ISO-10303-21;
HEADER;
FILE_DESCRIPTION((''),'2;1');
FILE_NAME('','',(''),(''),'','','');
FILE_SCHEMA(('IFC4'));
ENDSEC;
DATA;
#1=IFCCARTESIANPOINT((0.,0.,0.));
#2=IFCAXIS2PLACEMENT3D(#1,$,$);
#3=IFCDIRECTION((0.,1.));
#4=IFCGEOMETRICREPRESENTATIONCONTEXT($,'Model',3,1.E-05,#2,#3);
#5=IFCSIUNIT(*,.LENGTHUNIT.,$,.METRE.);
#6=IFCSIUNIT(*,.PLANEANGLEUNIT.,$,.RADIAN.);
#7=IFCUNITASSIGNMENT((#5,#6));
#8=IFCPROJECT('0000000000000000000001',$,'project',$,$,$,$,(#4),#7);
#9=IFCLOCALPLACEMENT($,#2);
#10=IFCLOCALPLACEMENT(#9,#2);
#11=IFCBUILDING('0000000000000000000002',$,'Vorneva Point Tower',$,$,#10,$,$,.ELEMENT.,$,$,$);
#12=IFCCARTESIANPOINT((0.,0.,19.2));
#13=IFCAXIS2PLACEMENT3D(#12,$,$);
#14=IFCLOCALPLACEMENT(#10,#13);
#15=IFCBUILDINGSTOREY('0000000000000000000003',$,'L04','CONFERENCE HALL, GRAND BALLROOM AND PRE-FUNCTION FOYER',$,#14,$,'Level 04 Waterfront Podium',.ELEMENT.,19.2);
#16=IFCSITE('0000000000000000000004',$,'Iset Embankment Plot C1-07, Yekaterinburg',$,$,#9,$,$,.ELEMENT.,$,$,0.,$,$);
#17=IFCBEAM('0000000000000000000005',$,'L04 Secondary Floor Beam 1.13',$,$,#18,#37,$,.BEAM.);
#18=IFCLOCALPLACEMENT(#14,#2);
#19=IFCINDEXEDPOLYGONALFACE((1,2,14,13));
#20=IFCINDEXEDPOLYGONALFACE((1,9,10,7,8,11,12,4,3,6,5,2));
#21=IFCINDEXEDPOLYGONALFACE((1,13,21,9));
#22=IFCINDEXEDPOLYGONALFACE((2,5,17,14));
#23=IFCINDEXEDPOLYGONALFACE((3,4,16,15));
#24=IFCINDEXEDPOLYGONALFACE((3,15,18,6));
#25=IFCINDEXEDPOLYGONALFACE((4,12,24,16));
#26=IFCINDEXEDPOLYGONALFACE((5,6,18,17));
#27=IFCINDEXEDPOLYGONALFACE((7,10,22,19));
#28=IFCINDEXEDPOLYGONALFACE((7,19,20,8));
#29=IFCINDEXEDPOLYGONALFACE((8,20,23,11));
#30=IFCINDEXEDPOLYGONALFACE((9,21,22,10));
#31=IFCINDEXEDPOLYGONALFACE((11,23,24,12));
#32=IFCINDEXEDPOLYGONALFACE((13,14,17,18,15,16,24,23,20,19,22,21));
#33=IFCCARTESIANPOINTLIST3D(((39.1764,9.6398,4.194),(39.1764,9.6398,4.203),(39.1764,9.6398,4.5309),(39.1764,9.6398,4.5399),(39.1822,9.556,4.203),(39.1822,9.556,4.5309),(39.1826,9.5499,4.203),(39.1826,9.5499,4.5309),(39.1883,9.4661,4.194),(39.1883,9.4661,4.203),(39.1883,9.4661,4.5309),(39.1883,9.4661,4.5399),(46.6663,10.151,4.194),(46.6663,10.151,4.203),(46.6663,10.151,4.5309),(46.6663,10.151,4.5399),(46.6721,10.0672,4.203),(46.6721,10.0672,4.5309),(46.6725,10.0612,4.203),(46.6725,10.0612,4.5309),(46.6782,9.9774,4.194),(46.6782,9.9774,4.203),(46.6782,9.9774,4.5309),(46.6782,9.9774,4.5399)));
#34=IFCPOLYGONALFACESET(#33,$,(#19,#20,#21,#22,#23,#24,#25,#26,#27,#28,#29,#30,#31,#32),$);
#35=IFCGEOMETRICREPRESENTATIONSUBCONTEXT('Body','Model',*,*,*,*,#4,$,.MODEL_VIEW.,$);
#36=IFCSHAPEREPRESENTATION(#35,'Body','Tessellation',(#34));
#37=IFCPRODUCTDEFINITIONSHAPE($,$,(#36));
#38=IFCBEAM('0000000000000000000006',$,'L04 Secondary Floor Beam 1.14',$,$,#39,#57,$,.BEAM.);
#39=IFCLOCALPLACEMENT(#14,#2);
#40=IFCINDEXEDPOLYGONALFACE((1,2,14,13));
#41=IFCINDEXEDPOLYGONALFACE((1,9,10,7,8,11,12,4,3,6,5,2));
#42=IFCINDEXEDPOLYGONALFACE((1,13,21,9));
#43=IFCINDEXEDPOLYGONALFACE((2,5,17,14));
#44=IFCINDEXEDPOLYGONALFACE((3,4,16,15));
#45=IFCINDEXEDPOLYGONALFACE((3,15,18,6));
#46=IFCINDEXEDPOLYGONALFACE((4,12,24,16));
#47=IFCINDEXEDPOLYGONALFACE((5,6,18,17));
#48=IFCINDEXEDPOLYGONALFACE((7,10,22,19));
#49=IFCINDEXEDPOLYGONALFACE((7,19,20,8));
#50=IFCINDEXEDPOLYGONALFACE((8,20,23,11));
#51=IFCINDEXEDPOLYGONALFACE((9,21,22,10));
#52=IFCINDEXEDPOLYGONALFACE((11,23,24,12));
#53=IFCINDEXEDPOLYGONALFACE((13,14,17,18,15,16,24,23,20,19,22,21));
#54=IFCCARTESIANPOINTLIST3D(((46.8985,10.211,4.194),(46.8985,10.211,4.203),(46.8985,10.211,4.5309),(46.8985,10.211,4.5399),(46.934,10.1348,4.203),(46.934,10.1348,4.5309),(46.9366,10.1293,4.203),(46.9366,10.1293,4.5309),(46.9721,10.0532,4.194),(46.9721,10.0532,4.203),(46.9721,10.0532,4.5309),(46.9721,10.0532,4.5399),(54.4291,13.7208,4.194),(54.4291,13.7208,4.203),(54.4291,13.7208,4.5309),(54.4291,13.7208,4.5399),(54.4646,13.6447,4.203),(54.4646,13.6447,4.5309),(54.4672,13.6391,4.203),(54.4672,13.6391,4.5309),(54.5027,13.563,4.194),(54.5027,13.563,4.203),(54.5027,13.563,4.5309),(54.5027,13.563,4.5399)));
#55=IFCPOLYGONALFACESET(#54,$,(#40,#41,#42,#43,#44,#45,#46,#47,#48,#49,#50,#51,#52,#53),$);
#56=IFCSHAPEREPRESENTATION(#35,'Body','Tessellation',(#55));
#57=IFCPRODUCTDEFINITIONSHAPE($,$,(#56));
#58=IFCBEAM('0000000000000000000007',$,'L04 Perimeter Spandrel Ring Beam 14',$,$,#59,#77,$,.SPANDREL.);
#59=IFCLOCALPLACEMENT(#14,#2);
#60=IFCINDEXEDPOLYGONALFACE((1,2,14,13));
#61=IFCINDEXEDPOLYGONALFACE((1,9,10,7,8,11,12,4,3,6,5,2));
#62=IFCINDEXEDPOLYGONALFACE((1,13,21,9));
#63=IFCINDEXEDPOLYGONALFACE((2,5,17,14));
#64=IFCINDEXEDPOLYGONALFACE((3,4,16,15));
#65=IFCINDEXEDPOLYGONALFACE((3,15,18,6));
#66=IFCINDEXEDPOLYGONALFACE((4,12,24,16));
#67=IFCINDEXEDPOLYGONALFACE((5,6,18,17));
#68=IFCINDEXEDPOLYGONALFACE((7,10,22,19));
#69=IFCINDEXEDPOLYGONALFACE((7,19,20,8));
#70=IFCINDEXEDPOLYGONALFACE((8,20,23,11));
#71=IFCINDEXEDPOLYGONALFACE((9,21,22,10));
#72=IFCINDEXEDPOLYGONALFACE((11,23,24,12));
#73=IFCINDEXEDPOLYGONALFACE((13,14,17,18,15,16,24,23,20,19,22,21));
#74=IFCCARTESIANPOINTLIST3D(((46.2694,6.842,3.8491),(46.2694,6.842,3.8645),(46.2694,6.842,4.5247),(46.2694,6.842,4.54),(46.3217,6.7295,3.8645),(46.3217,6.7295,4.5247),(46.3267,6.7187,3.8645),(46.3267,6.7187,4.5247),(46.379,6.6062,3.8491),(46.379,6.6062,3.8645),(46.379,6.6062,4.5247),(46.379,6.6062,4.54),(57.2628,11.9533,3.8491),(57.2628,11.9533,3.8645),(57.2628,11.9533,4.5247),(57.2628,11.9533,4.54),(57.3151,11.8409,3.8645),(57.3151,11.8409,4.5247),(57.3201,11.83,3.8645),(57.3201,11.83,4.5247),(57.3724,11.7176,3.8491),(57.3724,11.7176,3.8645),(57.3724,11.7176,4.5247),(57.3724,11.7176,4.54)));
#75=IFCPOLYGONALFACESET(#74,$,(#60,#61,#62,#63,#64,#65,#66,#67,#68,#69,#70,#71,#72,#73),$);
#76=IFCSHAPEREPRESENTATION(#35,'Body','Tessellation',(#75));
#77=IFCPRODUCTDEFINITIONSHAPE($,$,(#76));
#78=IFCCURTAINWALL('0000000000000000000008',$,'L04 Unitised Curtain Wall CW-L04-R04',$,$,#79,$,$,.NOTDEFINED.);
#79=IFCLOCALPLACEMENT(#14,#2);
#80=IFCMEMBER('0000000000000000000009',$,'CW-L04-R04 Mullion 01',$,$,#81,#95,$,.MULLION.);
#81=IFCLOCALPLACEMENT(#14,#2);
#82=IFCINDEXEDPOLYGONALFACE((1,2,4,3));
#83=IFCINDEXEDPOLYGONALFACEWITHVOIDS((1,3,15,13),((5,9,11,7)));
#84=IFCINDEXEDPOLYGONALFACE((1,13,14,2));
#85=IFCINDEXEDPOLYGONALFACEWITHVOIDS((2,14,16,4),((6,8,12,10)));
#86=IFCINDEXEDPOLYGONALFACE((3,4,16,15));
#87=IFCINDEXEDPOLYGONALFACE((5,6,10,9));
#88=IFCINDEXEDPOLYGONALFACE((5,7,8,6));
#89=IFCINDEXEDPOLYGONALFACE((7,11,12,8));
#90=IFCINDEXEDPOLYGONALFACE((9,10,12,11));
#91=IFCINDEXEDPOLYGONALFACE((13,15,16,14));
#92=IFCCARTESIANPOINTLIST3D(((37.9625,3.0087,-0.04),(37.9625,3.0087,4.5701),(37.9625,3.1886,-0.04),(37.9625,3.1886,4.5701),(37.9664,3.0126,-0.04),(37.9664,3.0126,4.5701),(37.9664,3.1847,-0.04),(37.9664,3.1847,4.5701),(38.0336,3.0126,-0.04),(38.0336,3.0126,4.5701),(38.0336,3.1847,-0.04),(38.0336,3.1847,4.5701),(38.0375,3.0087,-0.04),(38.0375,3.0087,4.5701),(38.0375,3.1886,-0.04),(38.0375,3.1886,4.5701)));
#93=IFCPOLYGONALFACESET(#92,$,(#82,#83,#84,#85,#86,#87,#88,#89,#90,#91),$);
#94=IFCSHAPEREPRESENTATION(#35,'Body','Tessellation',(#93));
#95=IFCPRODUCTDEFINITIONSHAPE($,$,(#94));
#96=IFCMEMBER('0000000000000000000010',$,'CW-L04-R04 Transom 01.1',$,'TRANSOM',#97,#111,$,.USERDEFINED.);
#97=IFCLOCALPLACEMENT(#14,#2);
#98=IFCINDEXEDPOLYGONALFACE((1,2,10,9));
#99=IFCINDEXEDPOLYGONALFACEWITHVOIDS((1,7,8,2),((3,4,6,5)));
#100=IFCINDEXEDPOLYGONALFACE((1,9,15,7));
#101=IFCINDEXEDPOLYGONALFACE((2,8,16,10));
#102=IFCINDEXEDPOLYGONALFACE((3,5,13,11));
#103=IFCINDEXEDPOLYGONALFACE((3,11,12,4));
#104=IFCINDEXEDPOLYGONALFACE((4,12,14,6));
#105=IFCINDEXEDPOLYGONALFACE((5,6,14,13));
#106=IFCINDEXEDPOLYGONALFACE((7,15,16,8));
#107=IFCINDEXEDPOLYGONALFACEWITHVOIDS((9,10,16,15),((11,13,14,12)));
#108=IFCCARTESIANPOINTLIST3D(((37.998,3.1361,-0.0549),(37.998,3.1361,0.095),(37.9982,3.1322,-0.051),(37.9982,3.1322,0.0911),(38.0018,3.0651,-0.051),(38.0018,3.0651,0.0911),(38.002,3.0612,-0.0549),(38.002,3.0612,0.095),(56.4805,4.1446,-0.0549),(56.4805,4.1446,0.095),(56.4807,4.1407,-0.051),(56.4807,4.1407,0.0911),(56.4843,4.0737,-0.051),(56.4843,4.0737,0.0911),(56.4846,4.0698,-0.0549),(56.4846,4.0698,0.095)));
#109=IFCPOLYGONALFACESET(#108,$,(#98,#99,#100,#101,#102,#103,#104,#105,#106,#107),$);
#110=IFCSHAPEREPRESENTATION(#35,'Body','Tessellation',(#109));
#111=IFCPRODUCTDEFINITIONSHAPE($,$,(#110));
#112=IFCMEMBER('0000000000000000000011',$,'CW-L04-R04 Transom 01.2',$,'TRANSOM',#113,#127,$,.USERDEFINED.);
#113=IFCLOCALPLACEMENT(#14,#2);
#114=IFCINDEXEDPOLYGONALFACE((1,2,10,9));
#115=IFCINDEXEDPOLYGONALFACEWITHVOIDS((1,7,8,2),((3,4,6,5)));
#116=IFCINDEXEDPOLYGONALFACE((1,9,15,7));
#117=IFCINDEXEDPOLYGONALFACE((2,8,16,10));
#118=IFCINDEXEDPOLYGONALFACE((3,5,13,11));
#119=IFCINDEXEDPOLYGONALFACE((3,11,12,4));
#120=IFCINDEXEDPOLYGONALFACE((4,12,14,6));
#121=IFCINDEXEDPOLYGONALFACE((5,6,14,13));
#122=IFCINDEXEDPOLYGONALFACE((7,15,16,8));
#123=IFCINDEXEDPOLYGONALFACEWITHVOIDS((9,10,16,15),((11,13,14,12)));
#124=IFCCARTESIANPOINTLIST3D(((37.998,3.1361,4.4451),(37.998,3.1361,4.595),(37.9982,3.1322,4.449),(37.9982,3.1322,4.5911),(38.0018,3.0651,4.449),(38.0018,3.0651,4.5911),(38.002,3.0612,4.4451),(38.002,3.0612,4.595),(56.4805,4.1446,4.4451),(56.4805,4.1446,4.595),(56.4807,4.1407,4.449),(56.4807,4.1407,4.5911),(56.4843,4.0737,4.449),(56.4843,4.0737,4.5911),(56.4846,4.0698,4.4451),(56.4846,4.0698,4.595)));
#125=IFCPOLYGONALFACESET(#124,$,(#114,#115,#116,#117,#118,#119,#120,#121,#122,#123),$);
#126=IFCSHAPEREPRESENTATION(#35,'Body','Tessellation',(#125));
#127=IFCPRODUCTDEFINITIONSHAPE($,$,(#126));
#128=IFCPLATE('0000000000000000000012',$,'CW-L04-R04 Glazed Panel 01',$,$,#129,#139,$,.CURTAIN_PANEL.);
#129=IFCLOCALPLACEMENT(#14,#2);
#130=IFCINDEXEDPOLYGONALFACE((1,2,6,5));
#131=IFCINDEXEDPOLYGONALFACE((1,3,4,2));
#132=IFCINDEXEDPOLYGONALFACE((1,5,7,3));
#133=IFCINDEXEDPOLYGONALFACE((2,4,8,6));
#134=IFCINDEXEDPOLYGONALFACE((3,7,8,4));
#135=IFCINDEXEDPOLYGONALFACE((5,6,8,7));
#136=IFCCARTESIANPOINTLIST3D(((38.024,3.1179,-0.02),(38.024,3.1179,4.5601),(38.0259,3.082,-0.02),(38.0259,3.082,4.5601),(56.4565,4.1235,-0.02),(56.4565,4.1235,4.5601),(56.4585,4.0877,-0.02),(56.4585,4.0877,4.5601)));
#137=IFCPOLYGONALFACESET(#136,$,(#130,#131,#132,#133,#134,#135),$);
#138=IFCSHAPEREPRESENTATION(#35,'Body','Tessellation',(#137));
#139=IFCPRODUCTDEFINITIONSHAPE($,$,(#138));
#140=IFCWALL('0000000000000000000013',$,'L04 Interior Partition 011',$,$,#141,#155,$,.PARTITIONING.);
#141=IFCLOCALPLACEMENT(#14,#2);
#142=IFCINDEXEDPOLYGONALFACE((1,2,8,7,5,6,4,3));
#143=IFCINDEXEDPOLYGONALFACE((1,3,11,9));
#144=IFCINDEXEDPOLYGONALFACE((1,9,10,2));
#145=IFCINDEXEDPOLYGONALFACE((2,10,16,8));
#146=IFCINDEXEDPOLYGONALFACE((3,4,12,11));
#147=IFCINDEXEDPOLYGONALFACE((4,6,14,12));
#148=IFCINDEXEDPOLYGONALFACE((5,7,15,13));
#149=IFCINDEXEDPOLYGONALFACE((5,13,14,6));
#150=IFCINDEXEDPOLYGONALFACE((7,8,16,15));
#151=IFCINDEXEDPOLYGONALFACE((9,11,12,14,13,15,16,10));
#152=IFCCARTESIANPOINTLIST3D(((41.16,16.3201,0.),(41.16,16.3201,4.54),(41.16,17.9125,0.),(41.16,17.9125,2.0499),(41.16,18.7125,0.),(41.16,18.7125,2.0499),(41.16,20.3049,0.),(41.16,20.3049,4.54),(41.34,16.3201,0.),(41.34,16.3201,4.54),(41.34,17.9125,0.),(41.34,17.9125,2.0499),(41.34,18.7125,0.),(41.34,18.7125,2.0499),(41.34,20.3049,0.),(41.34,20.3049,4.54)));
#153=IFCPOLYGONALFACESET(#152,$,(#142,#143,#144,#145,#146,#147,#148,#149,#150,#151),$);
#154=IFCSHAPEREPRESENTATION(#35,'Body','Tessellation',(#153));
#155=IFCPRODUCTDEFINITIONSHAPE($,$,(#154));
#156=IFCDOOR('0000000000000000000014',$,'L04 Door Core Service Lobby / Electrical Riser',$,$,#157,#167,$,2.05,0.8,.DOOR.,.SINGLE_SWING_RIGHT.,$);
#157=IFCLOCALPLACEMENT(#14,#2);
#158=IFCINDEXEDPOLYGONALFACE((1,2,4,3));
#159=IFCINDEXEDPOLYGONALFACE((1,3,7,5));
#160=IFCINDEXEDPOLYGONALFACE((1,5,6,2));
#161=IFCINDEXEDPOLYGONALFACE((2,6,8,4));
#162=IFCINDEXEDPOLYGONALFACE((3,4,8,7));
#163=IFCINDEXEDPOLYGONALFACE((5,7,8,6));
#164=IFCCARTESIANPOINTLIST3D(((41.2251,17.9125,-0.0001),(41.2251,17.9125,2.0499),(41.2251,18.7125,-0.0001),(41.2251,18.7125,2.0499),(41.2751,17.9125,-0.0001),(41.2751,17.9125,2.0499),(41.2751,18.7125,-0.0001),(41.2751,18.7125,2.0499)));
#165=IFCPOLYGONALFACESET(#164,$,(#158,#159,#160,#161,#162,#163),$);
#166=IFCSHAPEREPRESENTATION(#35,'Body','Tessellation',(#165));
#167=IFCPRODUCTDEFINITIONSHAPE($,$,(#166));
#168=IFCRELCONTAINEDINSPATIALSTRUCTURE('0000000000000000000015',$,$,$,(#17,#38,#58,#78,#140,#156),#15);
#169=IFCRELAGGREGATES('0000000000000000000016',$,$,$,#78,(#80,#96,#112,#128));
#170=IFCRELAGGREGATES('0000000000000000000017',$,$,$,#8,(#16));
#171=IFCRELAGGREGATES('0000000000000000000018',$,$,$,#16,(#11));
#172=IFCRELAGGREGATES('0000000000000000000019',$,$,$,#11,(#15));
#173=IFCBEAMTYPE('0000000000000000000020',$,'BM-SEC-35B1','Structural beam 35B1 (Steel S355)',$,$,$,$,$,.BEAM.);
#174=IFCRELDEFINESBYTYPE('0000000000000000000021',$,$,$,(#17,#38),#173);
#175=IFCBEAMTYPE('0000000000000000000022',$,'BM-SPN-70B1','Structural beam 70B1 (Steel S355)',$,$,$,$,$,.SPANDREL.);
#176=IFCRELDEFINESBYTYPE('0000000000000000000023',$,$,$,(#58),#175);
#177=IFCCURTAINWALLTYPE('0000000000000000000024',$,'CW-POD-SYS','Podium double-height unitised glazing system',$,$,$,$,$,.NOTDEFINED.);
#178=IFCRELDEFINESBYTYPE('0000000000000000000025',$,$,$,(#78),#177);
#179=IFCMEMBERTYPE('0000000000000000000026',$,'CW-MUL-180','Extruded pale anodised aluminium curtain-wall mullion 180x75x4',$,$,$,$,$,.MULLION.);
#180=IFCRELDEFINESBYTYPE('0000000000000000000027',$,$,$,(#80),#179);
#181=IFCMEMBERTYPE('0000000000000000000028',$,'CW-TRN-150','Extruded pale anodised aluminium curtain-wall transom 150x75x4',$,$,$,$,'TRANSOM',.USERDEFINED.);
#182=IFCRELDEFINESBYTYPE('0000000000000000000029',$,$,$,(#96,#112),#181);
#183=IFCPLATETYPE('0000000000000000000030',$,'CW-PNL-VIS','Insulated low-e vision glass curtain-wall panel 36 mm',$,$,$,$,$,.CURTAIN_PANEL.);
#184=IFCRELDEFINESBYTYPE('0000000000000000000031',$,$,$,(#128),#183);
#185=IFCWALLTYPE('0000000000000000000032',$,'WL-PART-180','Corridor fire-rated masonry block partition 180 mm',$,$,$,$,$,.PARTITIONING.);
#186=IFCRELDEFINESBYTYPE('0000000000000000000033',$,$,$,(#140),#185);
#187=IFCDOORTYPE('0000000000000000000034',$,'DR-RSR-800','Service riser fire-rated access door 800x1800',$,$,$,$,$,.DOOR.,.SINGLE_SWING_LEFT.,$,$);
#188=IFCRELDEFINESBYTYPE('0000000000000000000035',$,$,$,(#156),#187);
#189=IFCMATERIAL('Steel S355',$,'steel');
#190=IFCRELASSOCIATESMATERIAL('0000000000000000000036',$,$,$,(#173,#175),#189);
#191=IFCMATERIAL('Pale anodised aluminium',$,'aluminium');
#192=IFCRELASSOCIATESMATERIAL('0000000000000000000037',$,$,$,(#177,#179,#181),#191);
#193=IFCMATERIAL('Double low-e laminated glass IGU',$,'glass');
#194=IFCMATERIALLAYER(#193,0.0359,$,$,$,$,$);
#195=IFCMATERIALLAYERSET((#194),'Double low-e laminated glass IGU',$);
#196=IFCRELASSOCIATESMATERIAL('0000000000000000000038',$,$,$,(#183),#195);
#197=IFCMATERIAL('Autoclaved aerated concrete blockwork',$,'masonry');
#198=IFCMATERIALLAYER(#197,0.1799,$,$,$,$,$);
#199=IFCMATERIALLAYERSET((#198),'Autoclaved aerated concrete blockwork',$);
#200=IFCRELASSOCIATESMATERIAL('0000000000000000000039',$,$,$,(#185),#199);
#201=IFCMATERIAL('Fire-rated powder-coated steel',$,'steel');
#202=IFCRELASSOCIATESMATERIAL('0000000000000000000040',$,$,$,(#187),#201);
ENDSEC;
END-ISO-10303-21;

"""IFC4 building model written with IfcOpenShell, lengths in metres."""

from ifc_helpers import new_model, si_unit, direction, frame, frame_2d, origin, origin_2d, place, context, subcontext, project, spatial, rectangle, hollow_rectangle, i_section, extrude, material, layer, layer_set, material_profile, profile_set, type_object, element, fill, aggregate, save


model = new_model("IFC4")

# Units and contexts
model_context = context("Model", 3, precision=1e-05, world=origin(), true_north=direction((0.0, 1.0)))
body_context = subcontext(model_context, "Body", "Model", "MODEL_VIEW")
ifc_project = project(units=[si_unit("LENGTHUNIT", "METRE"), si_unit("PLANEANGLEUNIT", "RADIAN")], contexts=[model_context])

# Site, building, storey
site_placement = place(None, origin())
site = spatial("IfcSite", under=ifc_project, at=site_placement, Name="Iset Embankment Plot C1-07, Yekaterinburg", CompositionType="ELEMENT", RefElevation=0.0)
building_placement = place(site_placement, origin())
building = spatial("IfcBuilding", under=site, at=building_placement, Name="Vorneva Point Tower", CompositionType="ELEMENT")
storey_placement = place(building_placement, frame((0.0, 0.0, 19.2)))
storey = spatial("IfcBuildingStorey", under=building, at=storey_placement, Name="L04", Description="CONFERENCE HALL, GRAND BALLROOM AND PRE-FUNCTION FOYER", LongName="Level 04 Waterfront Podium", CompositionType="ELEMENT", Elevation=19.2)

# Beams
ifc_material_1 = material(Name="Steel S355", Category="steel")
ifc_material_profile_1 = material_profile(ifc_material_1, i_section(OverallWidth=0.1741, OverallDepth=0.3459, WebThickness=0.0061, FlangeThickness=0.009, at=origin_2d()), Name="35B1")
ifc_profile_set_1 = profile_set([ifc_material_profile_1], Name="Steel S355")
beam_type_1 = type_object("IfcBeamType", Name="BM-SEC-35B1", Description="Structural beam 35B1 (Steel S355)", PredefinedType="BEAM", material=ifc_profile_set_1)
beam_1_placement = place(storey_placement, frame((39.1824, 9.553, 4.3669), z_axis=(0.997679, 0.068097, 0.0), x_axis=(-0.068097, 0.997679, 0.0)))
element("IfcBeam", 1, at=beam_1_placement, inside=storey, type_object=beam_type_1, Name="L04 Secondary Floor Beam 1.13", PredefinedType="BEAM", context=body_context, shape_type="SweptSolid", body=[
    extrude(i_section(OverallWidth=0.1741, OverallDepth=0.3459, WebThickness=0.0061, FlangeThickness=0.009, at=origin_2d()), origin(), (0.0, 0.0, 1.0), 7.5073),
])
beam_2_placement = place(storey_placement, frame((46.9353, 10.1321, 4.3669), z_axis=(0.906389, 0.422443, 0.0), x_axis=(-0.422443, 0.906389, 0.0)))
element("IfcBeam", 2, at=beam_2_placement, inside=storey, type_object=beam_type_1, Name="L04 Secondary Floor Beam 1.14", PredefinedType="BEAM", context=body_context, shape_type="SweptSolid", body=[
    extrude(i_section(OverallWidth=0.1741, OverallDepth=0.3459, WebThickness=0.0061, FlangeThickness=0.009, at=origin_2d()), origin(), (0.0, 0.0, 1.0), 8.3083),
])
ifc_material_profile_2 = material_profile(ifc_material_1, i_section(OverallWidth=0.26, OverallDepth=0.6909, WebThickness=0.012, FlangeThickness=0.0154, at=origin_2d()), Name="70B1")
ifc_profile_set_2 = profile_set([ifc_material_profile_2], Name="Steel S355")
beam_type_2 = type_object("IfcBeamType", Name="BM-SPN-70B1", Description="Structural beam 70B1 (Steel S355)", PredefinedType="SPANDREL", material=ifc_profile_set_2)
beam_3_placement = place(storey_placement, frame((46.3242, 6.7241, 4.1946), z_axis=(0.906781, 0.421603, 0.0), x_axis=(-0.421603, 0.906781, 0.0)))
element("IfcBeam", 3, at=beam_3_placement, inside=storey, type_object=beam_type_2, Name="L04 Perimeter Spandrel Ring Beam 14", PredefinedType="SPANDREL", context=body_context, shape_type="SweptSolid", body=[
    extrude(i_section(OverallWidth=0.26, OverallDepth=0.6909, WebThickness=0.012, FlangeThickness=0.0154, at=origin_2d()), origin(), (0.0, 0.0, 1.0), 12.1235),
])

# Curtain wall, members, plate
ifc_material_2 = material(Name="Pale anodised aluminium", Category="aluminium")
curtain_wall_type = type_object("IfcCurtainWallType", Name="CW-POD-SYS", Description="Podium double-height unitised glazing system", PredefinedType="NOTDEFINED", material=ifc_material_2)
curtain_wall_placement = place(storey_placement, origin())
curtain_wall = element("IfcCurtainWall", 4, at=curtain_wall_placement, inside=storey, type_object=curtain_wall_type, Name="L04 Unitised Curtain Wall CW-L04-R04", PredefinedType="NOTDEFINED")
ifc_material_profile_3 = material_profile(ifc_material_2, hollow_rectangle(XDim=0.075, YDim=0.1799, WallThickness=0.0039, at=origin_2d()), Name="AL-MUL 180x75x4")
ifc_profile_set_3 = profile_set([ifc_material_profile_3], Name="Pale anodised aluminium")
member_type_1 = type_object("IfcMemberType", Name="CW-MUL-180", Description="Extruded pale anodised aluminium curtain-wall mullion 180x75x4", PredefinedType="MULLION", material=ifc_profile_set_3)
member_1_placement = place(storey_placement, frame((38.0, 3.0986, -0.04), z_axis=(0.0, 0.0, 1.0), x_axis=(1.0, 0.0, 0.0)))
member_1 = element("IfcMember", 5, at=member_1_placement, type_object=member_type_1, Name="CW-L04-R04 Mullion 01", PredefinedType="MULLION", context=body_context, shape_type="SweptSolid", body=[
    extrude(hollow_rectangle(XDim=0.075, YDim=0.1799, WallThickness=0.0039, at=origin_2d()), origin(), (0.0, 0.0, 1.0), 4.6101),
])
ifc_material_profile_4 = material_profile(ifc_material_2, hollow_rectangle(XDim=0.075, YDim=0.1499, WallThickness=0.0039, at=origin_2d()), Name="AL-TRN 150x75x4")
ifc_profile_set_4 = profile_set([ifc_material_profile_4], Name="Pale anodised aluminium")
member_type_2 = type_object("IfcMemberType", Name="CW-TRN-150", Description="Extruded pale anodised aluminium curtain-wall transom 150x75x4", ElementType="TRANSOM", PredefinedType="USERDEFINED", material=ifc_profile_set_4)
member_2_placement = place(storey_placement, frame((38.0, 3.0986, 0.02), z_axis=(0.998514, 0.054487, 0.0), x_axis=(-0.054487, 0.998514, 0.0)))
member_2 = element("IfcMember", 6, at=member_2_placement, type_object=member_type_2, Name="CW-L04-R04 Transom 01.1", ObjectType="TRANSOM", PredefinedType="USERDEFINED", context=body_context, shape_type="SweptSolid", body=[
    extrude(hollow_rectangle(XDim=0.075, YDim=0.1499, WallThickness=0.0039, at=origin_2d()), origin(), (0.0, 0.0, 1.0), 18.51),
])
member_3_placement = place(storey_placement, frame((38.0, 3.0986, 4.52), z_axis=(0.998514, 0.054487, 0.0), x_axis=(-0.054487, 0.998514, 0.0)))
member_3 = element("IfcMember", 7, at=member_3_placement, type_object=member_type_2, Name="CW-L04-R04 Transom 01.2", ObjectType="TRANSOM", PredefinedType="USERDEFINED", context=body_context, shape_type="SweptSolid", body=[
    extrude(hollow_rectangle(XDim=0.075, YDim=0.1499, WallThickness=0.0039, at=origin_2d()), origin(), (0.0, 0.0, 1.0), 18.51),
])
ifc_material_3 = material(Name="Double low-e laminated glass IGU", Category="glass")
ifc_layer_1 = layer(ifc_material_3, 0.0359)
ifc_layer_set_1 = layer_set([ifc_layer_1], Name="Double low-e laminated glass IGU")
plate_type = type_object("IfcPlateType", Name="CW-PNL-VIS", Description="Insulated low-e vision glass curtain-wall panel 36 mm", PredefinedType="CURTAIN_PANEL", material=ifc_layer_set_1)
plate_placement = place(storey_placement, frame((47.2412, 3.6028, -0.02), z_axis=(0.0, 0.0, 1.0), x_axis=(0.998515, 0.05448, 0.0)))
plate = element("IfcPlate", 8, at=plate_placement, type_object=plate_type, Name="CW-L04-R04 Glazed Panel 01", PredefinedType="CURTAIN_PANEL", context=body_context, shape_type="SweptSolid", body=[
    extrude(rectangle(XDim=18.46, YDim=0.0359, at=origin_2d()), origin(), (0.0, 0.0, 1.0), 4.5801),
])
aggregate(curtain_wall, [member_1, member_2, member_3, plate])

# Wall, opening, door
ifc_material_4 = material(Name="Autoclaved aerated concrete blockwork", Category="masonry")
ifc_layer_2 = layer(ifc_material_4, 0.1799)
ifc_layer_set_2 = layer_set([ifc_layer_2], Name="Autoclaved aerated concrete blockwork")
wall_type_1 = type_object("IfcWallType", Name="WL-PART-180", Description="Corridor fire-rated masonry block partition 180 mm", PredefinedType="PARTITIONING", material=ifc_layer_set_2)
wall_1_placement = place(storey_placement, frame((41.25, 16.3201, 0.0), z_axis=(0.0, 0.0, 1.0), x_axis=(0.0, 1.0, 0.0)))
wall_1 = element("IfcWall", 9, at=wall_1_placement, inside=storey, type_object=wall_type_1, Name="L04 Interior Partition 011", PredefinedType="PARTITIONING", context=body_context, shape_type="SweptSolid", body=[
    extrude(rectangle(XDim=3.9849, YDim=0.1799, at=frame_2d((1.9924, 0.0))), origin(), (0.0, 0.0, 1.0), 4.54),
])
opening_1_placement = place(wall_1_placement, frame((1.5925, 0.0, 0.0)))
opening_1 = element("IfcOpeningElement", 10, at=opening_1_placement, cuts=wall_1, PredefinedType="OPENING", context=body_context, shape_type="SweptSolid", body=[
    extrude(rectangle(XDim=0.8, YDim=2.05, at=frame_2d((0.3999, 1.0249))), frame((0.0, 0.105, 0.0), z_axis=(0.0, -1.0, 0.0), x_axis=(1.0, 0.0, 0.0)), (0.0, 0.0, 1.0), 0.2097),
])
ifc_material_5 = material(Name="Fire-rated powder-coated steel", Category="steel")
door_type_1 = type_object("IfcDoorType", Name="DR-RSR-800", Description="Service riser fire-rated access door 800x1800", OperationType="SINGLE_SWING_LEFT", PredefinedType="DOOR", material=ifc_material_5)
door_1_placement = place(opening_1_placement, origin())
door_1 = element("IfcDoor", 11, at=door_1_placement, inside=storey, type_object=door_type_1, Name="L04 Door Core Service Lobby / Electrical Riser", OperationType="SINGLE_SWING_RIGHT", OverallHeight=2.05, OverallWidth=0.8, PredefinedType="DOOR", context=body_context, shape_type="SweptSolid", body=[
    extrude(rectangle(XDim=0.8, YDim=2.05, at=frame_2d((0.3999, 1.0249))), frame((0.0, 0.0249, 0.0), z_axis=(0.0, -1.0, 0.0), x_axis=(1.0, 0.0, 0.0)), (0.0, 0.0, 1.0), 0.05),
])
fill(opening_1, door_1)

save(model, "model.ifc")
